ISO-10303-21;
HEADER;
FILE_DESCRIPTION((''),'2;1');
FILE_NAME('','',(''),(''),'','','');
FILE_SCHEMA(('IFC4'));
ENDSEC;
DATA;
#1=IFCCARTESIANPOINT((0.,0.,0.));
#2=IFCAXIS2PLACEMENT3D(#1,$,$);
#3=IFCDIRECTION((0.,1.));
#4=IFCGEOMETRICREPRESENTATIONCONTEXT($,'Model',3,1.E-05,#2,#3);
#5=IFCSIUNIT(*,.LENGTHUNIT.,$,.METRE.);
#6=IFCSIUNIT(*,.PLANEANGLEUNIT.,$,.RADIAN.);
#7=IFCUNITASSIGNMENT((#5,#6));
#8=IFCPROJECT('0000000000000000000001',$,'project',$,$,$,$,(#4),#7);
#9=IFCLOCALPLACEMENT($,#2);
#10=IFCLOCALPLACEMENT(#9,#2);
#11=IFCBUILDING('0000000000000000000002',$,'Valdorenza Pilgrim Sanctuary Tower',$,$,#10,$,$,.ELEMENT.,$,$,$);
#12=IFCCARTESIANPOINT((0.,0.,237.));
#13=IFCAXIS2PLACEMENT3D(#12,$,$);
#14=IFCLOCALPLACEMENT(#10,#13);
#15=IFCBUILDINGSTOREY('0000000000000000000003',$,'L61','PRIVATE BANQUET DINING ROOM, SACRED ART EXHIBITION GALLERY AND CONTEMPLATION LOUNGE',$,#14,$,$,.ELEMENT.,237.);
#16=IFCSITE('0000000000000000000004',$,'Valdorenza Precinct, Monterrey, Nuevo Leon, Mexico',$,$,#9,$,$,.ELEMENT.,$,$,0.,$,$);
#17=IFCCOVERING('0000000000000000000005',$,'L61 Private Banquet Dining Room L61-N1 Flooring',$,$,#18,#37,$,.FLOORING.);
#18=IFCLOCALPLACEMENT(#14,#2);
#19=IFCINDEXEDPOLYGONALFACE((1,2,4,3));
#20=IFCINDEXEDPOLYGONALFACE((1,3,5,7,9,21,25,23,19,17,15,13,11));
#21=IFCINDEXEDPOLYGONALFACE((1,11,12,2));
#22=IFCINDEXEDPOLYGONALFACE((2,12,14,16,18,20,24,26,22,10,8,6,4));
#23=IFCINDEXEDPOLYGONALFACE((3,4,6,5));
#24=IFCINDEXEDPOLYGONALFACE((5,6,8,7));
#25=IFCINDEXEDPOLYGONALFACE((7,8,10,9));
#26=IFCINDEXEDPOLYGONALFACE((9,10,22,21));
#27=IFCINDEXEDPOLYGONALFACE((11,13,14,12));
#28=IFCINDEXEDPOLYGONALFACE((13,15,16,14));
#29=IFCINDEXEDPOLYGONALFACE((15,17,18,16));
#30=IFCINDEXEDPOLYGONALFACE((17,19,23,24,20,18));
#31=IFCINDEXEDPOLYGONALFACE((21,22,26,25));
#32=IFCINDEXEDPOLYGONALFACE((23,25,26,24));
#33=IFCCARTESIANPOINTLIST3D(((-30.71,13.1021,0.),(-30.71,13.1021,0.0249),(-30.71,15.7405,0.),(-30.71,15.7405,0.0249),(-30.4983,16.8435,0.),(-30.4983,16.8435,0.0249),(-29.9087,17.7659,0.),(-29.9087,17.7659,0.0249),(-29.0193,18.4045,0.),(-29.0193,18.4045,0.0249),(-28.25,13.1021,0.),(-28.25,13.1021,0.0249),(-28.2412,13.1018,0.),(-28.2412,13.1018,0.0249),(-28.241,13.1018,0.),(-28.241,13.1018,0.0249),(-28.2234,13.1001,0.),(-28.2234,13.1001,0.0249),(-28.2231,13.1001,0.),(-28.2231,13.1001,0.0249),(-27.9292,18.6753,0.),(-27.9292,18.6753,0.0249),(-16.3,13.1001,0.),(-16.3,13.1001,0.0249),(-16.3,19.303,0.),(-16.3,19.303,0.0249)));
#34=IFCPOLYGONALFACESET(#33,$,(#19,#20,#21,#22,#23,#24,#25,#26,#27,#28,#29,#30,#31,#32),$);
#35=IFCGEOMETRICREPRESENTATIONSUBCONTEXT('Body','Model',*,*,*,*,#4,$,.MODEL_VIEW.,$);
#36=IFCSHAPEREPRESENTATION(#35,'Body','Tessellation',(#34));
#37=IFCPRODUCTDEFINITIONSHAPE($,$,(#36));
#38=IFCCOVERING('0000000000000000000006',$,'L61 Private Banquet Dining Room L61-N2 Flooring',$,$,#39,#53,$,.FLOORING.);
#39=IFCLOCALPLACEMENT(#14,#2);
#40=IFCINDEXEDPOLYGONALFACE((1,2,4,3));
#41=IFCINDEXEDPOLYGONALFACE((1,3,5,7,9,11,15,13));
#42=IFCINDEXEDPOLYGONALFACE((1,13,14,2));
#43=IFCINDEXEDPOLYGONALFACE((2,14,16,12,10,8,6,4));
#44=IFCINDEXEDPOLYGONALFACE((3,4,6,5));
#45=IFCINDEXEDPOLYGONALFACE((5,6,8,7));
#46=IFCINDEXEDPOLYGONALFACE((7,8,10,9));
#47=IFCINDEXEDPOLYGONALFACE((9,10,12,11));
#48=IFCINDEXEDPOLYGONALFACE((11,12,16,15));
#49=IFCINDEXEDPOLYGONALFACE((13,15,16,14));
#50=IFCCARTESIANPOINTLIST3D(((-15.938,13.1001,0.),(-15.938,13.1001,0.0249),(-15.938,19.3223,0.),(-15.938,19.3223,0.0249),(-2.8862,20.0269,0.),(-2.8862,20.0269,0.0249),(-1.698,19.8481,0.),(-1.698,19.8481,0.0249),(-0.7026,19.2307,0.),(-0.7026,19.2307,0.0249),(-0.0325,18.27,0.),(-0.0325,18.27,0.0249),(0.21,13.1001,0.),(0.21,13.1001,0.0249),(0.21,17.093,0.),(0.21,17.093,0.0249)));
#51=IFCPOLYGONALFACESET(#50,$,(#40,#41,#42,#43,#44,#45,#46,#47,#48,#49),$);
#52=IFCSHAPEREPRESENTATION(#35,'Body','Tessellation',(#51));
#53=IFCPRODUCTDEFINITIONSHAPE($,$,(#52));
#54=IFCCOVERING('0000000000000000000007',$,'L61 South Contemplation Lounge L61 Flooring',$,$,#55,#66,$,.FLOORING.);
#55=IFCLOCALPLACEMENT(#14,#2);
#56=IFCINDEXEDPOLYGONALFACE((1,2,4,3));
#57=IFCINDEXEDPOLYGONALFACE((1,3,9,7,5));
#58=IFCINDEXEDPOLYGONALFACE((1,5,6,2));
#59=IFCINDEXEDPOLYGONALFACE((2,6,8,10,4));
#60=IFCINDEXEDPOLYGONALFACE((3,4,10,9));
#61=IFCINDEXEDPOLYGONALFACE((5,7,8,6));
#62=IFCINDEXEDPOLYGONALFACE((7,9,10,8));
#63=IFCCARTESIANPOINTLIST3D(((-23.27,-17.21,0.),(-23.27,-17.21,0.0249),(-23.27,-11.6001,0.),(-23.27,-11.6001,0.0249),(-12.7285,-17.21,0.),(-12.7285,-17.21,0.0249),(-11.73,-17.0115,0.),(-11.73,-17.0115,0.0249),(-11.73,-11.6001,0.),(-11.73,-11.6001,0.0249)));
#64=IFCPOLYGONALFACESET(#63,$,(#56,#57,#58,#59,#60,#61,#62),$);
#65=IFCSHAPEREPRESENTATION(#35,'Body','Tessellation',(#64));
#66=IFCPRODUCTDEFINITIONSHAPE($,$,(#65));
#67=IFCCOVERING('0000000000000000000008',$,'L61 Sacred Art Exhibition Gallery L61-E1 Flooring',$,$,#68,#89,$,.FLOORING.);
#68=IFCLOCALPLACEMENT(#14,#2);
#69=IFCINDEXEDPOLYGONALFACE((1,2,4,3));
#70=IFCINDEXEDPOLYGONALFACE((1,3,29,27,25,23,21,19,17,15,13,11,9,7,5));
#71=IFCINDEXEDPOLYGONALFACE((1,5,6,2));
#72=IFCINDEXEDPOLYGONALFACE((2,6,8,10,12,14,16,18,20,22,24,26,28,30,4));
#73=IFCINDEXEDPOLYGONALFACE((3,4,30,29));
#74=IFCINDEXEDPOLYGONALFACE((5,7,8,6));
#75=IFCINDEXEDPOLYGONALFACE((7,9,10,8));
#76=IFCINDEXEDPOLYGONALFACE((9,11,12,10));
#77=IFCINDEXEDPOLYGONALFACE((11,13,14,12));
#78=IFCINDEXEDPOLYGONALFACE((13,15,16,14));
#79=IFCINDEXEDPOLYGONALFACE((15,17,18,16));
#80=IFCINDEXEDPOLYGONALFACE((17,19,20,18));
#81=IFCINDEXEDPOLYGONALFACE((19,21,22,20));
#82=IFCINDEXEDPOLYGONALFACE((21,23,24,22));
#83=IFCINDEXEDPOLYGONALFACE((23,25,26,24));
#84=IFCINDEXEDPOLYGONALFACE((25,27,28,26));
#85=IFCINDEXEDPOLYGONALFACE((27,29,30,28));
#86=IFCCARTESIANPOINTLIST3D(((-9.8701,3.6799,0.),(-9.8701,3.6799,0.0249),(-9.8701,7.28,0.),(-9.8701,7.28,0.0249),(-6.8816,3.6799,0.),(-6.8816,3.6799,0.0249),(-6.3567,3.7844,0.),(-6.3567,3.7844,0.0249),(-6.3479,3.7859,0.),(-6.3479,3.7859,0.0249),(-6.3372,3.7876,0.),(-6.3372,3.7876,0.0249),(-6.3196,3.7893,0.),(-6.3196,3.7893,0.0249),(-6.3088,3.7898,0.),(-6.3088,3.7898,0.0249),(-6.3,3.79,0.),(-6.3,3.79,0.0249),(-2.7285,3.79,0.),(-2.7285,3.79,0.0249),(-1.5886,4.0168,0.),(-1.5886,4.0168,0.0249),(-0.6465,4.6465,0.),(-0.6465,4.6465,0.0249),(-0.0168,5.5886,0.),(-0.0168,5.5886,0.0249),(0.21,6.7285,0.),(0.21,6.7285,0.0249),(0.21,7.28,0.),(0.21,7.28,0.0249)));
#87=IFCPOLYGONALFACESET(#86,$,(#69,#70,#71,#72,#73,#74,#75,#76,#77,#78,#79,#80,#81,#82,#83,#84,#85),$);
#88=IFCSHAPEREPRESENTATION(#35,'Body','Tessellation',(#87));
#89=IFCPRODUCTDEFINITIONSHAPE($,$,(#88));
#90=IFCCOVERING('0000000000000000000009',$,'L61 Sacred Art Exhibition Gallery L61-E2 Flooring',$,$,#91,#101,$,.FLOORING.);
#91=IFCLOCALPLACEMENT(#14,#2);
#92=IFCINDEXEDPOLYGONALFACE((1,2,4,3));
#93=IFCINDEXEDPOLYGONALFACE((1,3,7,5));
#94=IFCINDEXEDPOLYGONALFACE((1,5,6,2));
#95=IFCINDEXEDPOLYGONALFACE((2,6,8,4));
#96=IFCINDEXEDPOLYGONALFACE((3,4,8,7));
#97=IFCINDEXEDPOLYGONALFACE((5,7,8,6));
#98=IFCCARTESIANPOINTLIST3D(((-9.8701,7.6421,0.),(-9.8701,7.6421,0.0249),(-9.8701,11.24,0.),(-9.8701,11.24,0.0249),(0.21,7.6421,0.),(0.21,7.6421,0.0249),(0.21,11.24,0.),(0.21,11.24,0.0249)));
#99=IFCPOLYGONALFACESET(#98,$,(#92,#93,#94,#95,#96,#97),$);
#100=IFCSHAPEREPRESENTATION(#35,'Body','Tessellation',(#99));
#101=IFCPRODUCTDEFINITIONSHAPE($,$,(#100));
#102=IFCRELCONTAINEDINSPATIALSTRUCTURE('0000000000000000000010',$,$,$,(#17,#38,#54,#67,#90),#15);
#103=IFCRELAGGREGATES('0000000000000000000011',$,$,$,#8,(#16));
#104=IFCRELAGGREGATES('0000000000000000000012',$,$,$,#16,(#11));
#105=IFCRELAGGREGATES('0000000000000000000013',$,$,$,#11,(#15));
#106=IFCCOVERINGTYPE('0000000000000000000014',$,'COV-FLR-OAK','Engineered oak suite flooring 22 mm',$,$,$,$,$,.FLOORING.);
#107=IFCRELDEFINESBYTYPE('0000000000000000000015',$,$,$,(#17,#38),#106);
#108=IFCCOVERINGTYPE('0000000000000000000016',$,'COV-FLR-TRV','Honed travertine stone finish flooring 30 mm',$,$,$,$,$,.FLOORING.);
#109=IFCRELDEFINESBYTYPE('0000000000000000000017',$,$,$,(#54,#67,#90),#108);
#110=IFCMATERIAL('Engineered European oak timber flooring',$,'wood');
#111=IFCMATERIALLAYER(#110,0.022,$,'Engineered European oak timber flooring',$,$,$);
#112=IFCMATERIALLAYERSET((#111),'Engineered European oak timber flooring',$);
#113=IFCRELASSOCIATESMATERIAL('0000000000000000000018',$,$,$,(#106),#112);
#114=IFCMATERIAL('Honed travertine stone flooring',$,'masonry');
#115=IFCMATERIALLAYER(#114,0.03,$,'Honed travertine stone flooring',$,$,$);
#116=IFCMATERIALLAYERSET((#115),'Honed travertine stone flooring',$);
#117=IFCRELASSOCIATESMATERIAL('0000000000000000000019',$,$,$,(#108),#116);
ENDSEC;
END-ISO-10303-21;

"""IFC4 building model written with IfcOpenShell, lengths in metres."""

from ifc_helpers import new_model, si_unit, direction, frame, origin, place, context, subcontext, project, spatial, polyline, outline, extrude, material, layer, layer_set, type_object, element, save


model = new_model("IFC4")

# Units and contexts
model_context = context("Model", 3, precision=1e-05, world=origin(), true_north=direction((0.0, 1.0)))
body_context = subcontext(model_context, "Body", "Model", "MODEL_VIEW")
ifc_project = project(units=[si_unit("LENGTHUNIT", "METRE"), si_unit("PLANEANGLEUNIT", "RADIAN")], contexts=[model_context])

# Site, building, storey
site_placement = place(None, origin())
site = spatial("IfcSite", under=ifc_project, at=site_placement, Name="Valdorenza Precinct, Monterrey, Nuevo Leon, Mexico", CompositionType="ELEMENT", RefElevation=0.0)
building_placement = place(site_placement, origin())
building = spatial("IfcBuilding", under=site, at=building_placement, Name="Valdorenza Pilgrim Sanctuary Tower", CompositionType="ELEMENT")
storey_placement = place(building_placement, frame((0.0, 0.0, 237.0)))
storey = spatial("IfcBuildingStorey", under=building, at=storey_placement, Name="L61", Description="PRIVATE BANQUET DINING ROOM, SACRED ART EXHIBITION GALLERY AND CONTEMPLATION LOUNGE", CompositionType="ELEMENT", Elevation=237.0)

# Coverings
ifc_material_1 = material(Name="Engineered European oak timber flooring", Category="wood")
ifc_layer_1 = layer(ifc_material_1, 0.022, Name="Engineered European oak timber flooring")
ifc_layer_set_1 = layer_set([ifc_layer_1], Name="Engineered European oak timber flooring")
covering_type_1 = type_object("IfcCoveringType", Name="COV-FLR-OAK", Description="Engineered oak suite flooring 22 mm", PredefinedType="FLOORING", material=ifc_layer_set_1)
covering_1_placement = place(storey_placement, origin())
element("IfcCovering", 1, at=covering_1_placement, inside=storey, type_object=covering_type_1, Name="L61 Private Banquet Dining Room L61-N1 Flooring", PredefinedType="FLOORING", context=body_context, shape_type="SweptSolid", body=[
    extrude(outline(polyline([(-28.2231, 13.1001), (-28.2231, 13.1001), (-28.2234, 13.1001), (-28.241, 13.1018), (-28.2412, 13.1018), (-28.25, 13.1021), (-30.71, 13.1021), (-30.71, 15.7405), (-30.4983, 16.8435), (-29.9087, 17.7659), (-29.0193, 18.4045), (-27.9292, 18.6753), (-16.3, 19.303), (-16.3, 13.1001), (-28.2231, 13.1001)])), origin(), (0.0, 0.0, 1.0), 0.0249),
])
covering_2_placement = place(storey_placement, origin())
element("IfcCovering", 2, at=covering_2_placement, inside=storey, type_object=covering_type_1, Name="L61 Private Banquet Dining Room L61-N2 Flooring", PredefinedType="FLOORING", context=body_context, shape_type="SweptSolid", body=[
    extrude(outline(polyline([(-2.8862, 20.0269), (-1.698, 19.8481), (-0.7026, 19.2307), (-0.0325, 18.27), (0.21, 17.093), (0.21, 13.1001), (-15.938, 13.1001), (-15.938, 19.3223), (-2.8862, 20.0269)])), origin(), (0.0, 0.0, 1.0), 0.0249),
])
ifc_material_2 = material(Name="Honed travertine stone flooring", Category="masonry")
ifc_layer_2 = layer(ifc_material_2, 0.03, Name="Honed travertine stone flooring")
ifc_layer_set_2 = layer_set([ifc_layer_2], Name="Honed travertine stone flooring")
covering_type_2 = type_object("IfcCoveringType", Name="COV-FLR-TRV", Description="Honed travertine stone finish flooring 30 mm", PredefinedType="FLOORING", material=ifc_layer_set_2)
covering_3_placement = place(storey_placement, origin())
element("IfcCovering", 3, at=covering_3_placement, inside=storey, type_object=covering_type_2, Name="L61 South Contemplation Lounge L61 Flooring", PredefinedType="FLOORING", context=body_context, shape_type="SweptSolid", body=[
    extrude(outline(polyline([(-11.73, -11.6001), (-11.73, -17.0115), (-12.7285, -17.21), (-23.27, -17.21), (-23.27, -11.6001), (-11.73, -11.6001)])), origin(), (0.0, 0.0, 1.0), 0.0249),
])
covering_4_placement = place(storey_placement, origin())
element("IfcCovering", 4, at=covering_4_placement, inside=storey, type_object=covering_type_2, Name="L61 Sacred Art Exhibition Gallery L61-E1 Flooring", PredefinedType="FLOORING", context=body_context, shape_type="SweptSolid", body=[
    extrude(outline(polyline([(-9.8701, 7.28), (0.21, 7.28), (0.21, 6.7285), (-0.0168, 5.5886), (-0.6465, 4.6465), (-1.5886, 4.0168), (-2.7285, 3.79), (-6.3, 3.79), (-6.3088, 3.7898), (-6.3196, 3.7893), (-6.3372, 3.7876), (-6.3479, 3.7859), (-6.3567, 3.7844), (-6.8816, 3.6799), (-9.8701, 3.6799), (-9.8701, 7.28)])), origin(), (0.0, 0.0, 1.0), 0.0249),
])
covering_5_placement = place(storey_placement, origin())
element("IfcCovering", 5, at=covering_5_placement, inside=storey, type_object=covering_type_2, Name="L61 Sacred Art Exhibition Gallery L61-E2 Flooring", PredefinedType="FLOORING", context=body_context, shape_type="SweptSolid", body=[
    extrude(outline(polyline([(-9.8701, 11.24), (0.21, 11.24), (0.21, 7.6421), (-9.8701, 7.6421), (-9.8701, 11.24)])), origin(), (0.0, 0.0, 1.0), 0.0249),
])

save(model, "model.ifc")
